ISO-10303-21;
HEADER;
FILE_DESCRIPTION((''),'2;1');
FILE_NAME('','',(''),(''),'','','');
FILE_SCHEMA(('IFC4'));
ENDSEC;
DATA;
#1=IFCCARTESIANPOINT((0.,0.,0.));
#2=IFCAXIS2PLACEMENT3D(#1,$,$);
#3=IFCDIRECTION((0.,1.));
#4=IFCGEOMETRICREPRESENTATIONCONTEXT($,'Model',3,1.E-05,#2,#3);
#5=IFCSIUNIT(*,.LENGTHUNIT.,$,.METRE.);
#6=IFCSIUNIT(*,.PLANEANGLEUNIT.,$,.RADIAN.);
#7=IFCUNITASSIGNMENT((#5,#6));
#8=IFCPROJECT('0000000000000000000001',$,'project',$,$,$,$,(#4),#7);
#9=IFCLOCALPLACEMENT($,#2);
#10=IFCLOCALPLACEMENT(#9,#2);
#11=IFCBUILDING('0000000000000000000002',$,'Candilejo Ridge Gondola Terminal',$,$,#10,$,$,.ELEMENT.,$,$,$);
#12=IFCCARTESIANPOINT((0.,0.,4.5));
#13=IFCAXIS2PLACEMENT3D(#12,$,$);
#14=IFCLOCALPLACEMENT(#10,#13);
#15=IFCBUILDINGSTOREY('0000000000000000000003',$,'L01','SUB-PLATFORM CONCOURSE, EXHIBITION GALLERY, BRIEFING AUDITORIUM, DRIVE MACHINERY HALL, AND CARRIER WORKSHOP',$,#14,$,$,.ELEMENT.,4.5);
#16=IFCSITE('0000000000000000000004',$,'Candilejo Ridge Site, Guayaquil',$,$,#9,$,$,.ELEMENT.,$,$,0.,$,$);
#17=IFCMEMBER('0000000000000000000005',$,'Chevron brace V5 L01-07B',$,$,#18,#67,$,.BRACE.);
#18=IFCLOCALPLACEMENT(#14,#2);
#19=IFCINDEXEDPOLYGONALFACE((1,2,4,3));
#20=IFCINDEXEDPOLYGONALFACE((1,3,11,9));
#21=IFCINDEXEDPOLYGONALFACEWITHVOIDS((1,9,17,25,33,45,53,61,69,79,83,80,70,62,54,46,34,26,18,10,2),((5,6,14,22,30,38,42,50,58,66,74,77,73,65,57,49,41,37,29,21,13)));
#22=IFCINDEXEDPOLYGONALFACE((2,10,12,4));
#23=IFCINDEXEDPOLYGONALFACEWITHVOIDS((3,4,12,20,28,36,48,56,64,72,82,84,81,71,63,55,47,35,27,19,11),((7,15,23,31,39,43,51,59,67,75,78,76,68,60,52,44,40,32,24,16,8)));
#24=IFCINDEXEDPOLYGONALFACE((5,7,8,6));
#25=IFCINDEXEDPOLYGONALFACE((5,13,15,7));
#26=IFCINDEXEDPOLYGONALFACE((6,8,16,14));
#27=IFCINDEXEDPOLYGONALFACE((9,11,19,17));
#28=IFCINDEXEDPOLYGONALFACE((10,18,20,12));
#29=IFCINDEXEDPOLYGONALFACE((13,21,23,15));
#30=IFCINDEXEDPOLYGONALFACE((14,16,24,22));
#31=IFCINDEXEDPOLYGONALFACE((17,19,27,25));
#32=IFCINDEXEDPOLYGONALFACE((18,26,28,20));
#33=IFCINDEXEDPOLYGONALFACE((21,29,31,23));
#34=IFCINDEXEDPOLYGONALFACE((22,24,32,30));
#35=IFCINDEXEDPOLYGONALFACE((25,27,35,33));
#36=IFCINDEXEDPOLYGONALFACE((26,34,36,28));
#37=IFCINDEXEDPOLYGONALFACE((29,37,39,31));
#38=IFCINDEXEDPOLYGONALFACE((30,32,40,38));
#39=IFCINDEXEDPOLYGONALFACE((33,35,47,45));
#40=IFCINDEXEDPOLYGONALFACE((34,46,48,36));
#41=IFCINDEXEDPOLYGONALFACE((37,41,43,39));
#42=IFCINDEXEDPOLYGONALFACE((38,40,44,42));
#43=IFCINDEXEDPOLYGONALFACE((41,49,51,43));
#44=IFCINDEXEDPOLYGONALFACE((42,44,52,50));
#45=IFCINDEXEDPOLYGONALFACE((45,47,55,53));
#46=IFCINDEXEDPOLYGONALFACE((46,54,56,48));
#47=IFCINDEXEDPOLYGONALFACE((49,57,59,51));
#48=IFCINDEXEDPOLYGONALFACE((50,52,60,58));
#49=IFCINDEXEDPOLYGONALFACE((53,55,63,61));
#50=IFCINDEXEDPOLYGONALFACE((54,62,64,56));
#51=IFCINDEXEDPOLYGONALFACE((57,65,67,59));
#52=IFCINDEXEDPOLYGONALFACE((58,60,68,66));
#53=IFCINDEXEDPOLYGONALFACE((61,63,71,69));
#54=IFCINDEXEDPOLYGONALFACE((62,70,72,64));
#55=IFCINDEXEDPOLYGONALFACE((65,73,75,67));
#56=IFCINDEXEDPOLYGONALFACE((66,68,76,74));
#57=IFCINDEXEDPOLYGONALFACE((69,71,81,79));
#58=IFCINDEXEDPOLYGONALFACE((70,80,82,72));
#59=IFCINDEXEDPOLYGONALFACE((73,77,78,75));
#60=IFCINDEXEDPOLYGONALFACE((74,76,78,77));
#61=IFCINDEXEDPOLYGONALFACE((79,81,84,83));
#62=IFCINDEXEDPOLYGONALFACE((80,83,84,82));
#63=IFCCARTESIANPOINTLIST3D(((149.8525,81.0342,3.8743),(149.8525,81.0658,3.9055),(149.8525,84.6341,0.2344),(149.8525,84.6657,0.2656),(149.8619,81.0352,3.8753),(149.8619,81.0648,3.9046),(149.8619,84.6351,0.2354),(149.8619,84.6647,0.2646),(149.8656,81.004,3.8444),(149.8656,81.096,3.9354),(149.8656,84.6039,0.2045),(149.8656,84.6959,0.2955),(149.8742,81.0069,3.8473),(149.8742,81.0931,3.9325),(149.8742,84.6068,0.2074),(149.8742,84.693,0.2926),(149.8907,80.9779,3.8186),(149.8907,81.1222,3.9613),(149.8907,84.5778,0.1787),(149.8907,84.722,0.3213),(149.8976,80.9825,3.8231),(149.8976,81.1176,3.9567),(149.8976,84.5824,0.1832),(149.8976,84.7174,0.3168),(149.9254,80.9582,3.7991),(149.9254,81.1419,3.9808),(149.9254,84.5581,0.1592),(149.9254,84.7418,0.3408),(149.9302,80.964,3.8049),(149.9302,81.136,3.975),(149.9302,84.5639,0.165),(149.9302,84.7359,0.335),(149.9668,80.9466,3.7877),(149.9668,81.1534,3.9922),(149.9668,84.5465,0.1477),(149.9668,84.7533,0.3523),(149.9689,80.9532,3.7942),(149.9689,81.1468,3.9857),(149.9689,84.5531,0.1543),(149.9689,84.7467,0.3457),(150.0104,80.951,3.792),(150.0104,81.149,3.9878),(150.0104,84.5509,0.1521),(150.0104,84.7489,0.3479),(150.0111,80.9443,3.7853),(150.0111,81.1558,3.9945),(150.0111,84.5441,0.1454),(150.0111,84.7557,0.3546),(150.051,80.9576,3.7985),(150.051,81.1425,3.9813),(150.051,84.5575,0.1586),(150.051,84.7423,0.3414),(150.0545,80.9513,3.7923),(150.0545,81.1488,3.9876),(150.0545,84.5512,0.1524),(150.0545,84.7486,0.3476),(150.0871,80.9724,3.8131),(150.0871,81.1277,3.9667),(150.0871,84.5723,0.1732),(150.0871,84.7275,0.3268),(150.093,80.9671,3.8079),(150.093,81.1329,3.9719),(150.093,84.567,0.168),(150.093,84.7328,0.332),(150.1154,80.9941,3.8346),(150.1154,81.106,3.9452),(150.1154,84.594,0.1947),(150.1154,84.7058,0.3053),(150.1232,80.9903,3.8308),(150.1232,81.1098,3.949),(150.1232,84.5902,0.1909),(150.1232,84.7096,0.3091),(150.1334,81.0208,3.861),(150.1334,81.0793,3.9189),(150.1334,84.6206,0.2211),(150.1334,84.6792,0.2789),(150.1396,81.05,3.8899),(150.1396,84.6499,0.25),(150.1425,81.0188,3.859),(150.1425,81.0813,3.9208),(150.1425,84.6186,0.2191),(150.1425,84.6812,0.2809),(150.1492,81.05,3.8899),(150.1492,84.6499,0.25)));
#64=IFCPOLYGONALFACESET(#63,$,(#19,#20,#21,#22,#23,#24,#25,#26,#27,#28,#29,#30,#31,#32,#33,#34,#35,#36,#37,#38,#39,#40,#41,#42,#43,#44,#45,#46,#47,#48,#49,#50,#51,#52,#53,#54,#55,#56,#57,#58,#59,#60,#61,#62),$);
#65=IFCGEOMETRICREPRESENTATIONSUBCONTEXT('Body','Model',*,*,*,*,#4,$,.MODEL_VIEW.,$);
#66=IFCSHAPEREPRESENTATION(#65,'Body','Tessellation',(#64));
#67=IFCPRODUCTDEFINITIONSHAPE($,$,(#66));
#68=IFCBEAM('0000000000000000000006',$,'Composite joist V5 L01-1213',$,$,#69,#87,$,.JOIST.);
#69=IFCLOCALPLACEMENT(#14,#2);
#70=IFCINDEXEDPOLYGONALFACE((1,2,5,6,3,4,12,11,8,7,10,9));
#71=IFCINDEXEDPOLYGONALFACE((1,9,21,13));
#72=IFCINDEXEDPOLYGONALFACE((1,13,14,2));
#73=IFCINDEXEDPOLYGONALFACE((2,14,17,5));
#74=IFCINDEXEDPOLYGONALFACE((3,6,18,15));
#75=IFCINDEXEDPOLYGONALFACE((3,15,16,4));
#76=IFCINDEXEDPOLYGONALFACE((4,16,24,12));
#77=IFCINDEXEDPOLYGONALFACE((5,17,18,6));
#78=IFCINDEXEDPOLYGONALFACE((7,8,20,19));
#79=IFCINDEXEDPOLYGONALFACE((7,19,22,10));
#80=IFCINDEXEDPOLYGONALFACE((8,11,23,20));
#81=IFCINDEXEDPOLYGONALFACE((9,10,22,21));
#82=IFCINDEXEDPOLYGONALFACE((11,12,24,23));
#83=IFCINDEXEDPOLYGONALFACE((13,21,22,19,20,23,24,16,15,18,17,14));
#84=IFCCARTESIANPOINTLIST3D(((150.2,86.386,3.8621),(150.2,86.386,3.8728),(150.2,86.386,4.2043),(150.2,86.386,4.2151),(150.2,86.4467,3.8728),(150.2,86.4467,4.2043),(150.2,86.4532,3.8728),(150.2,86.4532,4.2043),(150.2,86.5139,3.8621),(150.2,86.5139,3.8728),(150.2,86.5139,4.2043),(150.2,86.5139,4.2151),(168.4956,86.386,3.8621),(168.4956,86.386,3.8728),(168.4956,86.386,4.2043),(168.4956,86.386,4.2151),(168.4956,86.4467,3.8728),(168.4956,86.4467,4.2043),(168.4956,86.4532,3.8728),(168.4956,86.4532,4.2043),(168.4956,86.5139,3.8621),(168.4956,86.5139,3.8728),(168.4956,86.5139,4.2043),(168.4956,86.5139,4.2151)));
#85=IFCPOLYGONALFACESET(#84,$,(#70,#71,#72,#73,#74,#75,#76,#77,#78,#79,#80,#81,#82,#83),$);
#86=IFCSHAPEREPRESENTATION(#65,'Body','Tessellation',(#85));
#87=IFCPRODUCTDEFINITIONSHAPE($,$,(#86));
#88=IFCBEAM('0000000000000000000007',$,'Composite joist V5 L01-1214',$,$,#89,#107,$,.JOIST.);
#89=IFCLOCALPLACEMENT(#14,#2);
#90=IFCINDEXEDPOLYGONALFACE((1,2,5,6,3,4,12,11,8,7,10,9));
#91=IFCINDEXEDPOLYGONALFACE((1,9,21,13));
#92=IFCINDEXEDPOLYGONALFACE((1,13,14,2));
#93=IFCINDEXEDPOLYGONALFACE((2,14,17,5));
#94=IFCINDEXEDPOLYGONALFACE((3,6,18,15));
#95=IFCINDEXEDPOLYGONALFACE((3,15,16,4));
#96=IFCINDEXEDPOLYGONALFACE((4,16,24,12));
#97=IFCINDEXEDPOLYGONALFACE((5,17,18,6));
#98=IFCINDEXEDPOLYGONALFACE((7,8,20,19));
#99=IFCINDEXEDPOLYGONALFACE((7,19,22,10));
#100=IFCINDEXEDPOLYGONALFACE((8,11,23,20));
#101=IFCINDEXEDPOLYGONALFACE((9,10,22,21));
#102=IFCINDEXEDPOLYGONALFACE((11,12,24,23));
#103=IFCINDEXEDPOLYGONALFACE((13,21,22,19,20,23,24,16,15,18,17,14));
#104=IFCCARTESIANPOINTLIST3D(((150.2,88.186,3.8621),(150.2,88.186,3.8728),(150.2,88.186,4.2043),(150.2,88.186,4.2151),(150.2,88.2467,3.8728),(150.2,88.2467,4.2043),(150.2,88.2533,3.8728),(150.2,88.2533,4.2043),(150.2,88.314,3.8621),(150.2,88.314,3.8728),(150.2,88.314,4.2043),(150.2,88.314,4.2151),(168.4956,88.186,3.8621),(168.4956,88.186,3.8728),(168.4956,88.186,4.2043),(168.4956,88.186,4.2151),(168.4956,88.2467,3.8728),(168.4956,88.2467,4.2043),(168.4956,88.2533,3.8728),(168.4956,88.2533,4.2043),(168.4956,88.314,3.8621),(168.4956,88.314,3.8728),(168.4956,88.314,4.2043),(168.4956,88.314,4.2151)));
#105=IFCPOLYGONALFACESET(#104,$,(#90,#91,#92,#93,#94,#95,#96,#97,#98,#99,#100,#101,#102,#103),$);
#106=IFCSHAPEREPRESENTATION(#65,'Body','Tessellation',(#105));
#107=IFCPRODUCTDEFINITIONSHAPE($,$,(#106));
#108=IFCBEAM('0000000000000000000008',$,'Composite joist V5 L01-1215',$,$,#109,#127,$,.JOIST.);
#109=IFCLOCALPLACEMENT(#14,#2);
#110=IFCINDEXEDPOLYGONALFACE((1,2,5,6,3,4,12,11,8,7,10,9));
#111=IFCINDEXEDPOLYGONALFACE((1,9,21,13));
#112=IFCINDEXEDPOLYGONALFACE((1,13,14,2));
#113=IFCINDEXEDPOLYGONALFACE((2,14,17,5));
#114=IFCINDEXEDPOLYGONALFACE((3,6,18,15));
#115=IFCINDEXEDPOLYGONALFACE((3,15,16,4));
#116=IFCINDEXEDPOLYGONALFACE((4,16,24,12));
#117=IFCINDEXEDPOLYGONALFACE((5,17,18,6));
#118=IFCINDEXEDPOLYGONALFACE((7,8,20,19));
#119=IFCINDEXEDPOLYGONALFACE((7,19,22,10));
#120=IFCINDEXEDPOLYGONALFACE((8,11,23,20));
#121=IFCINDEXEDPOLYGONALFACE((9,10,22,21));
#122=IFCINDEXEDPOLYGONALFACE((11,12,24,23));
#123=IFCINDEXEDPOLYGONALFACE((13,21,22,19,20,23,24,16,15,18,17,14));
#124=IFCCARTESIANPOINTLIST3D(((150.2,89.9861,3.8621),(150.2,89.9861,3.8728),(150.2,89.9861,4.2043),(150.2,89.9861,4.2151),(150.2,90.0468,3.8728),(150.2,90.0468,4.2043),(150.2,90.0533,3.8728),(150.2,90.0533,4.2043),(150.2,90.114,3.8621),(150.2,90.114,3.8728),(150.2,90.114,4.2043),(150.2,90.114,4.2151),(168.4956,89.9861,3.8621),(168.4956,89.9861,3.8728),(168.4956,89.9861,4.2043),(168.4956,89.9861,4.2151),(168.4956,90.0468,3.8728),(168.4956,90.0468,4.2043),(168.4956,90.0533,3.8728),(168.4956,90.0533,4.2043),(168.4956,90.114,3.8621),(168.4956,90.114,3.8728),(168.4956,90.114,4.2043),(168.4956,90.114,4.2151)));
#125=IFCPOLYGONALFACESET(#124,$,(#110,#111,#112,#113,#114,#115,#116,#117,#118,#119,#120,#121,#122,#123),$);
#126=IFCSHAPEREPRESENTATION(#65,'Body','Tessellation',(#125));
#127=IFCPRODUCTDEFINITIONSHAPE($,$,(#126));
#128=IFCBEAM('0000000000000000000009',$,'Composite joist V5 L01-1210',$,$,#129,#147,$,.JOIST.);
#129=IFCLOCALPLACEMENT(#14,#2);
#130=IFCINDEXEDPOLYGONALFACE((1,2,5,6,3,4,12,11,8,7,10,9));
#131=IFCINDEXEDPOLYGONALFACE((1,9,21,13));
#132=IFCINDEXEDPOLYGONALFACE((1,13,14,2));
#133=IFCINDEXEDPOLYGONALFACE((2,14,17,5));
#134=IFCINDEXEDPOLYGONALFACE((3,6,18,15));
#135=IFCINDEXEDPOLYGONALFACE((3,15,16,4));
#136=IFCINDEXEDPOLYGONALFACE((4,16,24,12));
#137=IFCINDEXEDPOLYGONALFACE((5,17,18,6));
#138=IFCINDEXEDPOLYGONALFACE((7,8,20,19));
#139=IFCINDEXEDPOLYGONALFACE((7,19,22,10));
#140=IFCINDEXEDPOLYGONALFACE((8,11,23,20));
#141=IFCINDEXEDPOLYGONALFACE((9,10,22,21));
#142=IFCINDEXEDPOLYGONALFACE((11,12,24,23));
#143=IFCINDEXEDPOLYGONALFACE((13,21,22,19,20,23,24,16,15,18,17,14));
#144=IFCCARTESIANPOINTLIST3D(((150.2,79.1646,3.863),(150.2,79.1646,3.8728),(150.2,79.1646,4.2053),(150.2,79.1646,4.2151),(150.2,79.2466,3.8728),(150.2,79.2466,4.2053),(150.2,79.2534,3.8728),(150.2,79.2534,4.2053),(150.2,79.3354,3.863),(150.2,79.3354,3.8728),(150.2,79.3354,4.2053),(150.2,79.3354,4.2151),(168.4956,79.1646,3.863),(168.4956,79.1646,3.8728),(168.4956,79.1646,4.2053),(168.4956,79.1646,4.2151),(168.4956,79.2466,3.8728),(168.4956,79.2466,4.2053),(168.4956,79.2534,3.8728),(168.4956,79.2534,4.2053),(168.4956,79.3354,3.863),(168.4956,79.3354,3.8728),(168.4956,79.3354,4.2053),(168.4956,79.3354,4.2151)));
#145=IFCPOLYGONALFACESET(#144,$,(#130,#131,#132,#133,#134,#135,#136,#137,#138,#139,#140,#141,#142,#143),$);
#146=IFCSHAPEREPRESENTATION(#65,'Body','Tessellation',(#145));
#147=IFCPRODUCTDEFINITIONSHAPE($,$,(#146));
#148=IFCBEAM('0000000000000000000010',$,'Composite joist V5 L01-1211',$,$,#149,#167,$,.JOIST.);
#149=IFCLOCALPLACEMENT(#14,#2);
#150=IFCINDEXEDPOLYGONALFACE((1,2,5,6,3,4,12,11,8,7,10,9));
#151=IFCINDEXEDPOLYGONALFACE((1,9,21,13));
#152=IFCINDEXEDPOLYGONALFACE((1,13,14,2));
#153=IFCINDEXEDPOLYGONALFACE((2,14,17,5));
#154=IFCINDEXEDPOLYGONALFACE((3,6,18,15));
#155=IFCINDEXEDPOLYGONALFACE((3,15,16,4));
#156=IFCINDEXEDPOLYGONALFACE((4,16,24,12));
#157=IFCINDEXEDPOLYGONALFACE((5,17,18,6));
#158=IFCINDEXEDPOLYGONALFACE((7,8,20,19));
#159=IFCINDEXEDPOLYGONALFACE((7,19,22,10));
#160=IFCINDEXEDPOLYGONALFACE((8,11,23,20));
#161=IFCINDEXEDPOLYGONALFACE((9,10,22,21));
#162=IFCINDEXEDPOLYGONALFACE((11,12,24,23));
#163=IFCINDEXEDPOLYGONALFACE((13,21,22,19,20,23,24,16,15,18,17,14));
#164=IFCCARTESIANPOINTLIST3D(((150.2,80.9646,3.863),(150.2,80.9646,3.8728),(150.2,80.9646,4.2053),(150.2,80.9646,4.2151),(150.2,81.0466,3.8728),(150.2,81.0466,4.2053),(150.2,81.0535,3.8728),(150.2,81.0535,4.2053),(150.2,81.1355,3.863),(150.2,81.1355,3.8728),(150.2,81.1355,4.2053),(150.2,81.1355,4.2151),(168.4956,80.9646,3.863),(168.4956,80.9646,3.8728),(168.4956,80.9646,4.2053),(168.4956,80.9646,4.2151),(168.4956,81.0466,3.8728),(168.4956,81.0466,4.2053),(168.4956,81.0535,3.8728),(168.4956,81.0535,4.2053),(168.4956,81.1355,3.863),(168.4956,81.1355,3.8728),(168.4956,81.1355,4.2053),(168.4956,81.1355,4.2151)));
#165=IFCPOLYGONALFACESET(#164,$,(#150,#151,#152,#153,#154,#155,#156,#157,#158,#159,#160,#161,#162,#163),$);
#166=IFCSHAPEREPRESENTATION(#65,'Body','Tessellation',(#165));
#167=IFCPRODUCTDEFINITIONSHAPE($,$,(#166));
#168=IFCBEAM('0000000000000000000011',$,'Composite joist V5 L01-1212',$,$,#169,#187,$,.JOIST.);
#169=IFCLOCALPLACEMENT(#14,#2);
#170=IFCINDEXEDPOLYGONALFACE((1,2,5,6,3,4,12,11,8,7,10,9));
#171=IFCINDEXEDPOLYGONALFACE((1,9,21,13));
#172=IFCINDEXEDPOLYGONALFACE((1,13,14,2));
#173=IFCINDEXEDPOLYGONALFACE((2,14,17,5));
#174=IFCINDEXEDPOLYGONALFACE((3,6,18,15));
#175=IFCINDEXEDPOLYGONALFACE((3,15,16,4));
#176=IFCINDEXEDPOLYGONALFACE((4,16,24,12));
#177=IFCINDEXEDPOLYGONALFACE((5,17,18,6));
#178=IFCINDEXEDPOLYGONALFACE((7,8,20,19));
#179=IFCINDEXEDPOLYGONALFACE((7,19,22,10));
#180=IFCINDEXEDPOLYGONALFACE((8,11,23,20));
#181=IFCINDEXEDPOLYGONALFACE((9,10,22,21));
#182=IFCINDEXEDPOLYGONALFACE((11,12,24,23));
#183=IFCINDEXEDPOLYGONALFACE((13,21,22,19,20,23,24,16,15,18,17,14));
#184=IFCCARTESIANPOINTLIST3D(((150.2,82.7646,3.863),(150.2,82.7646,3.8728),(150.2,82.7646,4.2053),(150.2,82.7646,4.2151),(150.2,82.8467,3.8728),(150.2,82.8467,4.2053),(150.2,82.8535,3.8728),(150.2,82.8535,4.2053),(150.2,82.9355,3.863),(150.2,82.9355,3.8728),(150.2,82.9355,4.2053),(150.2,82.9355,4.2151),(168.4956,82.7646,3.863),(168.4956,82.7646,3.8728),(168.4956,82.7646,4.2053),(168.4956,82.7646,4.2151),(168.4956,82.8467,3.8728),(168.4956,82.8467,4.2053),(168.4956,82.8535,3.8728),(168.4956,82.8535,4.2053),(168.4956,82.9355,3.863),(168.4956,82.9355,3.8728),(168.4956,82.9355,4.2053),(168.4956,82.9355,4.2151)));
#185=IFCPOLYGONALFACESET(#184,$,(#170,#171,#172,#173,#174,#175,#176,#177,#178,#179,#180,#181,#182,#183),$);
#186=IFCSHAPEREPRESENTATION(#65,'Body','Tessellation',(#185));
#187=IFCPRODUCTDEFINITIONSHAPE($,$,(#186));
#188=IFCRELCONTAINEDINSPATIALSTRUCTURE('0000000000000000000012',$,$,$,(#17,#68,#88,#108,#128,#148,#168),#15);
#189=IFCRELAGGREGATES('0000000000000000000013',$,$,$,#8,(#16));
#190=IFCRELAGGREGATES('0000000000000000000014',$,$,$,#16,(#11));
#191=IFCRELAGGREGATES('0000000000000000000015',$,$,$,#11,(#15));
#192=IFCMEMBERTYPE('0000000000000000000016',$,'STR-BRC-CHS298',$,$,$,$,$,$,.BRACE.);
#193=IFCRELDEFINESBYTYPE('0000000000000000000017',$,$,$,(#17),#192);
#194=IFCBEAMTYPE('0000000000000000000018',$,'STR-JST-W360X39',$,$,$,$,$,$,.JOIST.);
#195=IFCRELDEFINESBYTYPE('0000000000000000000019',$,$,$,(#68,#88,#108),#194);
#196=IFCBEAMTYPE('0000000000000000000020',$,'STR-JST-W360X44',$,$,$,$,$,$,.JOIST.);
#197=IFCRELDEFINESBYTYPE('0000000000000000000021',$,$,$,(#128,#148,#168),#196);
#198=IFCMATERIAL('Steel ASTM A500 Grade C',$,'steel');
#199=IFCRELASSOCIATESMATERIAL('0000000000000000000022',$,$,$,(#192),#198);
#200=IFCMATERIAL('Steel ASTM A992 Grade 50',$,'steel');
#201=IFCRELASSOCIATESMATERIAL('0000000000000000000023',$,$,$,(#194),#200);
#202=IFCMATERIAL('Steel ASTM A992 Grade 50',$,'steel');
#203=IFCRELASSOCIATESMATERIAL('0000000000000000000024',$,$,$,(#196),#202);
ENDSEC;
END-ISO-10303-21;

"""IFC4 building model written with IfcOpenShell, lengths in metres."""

from ifc_helpers import new_model, si_unit, direction, frame, origin, origin_2d, place, context, subcontext, project, spatial, hollow_circle, i_section, extrude, material, material_profile, profile_set, type_object, element, save


model = new_model("IFC4")

# Units and contexts
model_context = context("Model", 3, precision=1e-05, world=origin(), true_north=direction((0.0, 1.0)))
body_context = subcontext(model_context, "Body", "Model", "MODEL_VIEW")
ifc_project = project(units=[si_unit("LENGTHUNIT", "METRE"), si_unit("PLANEANGLEUNIT", "RADIAN")], contexts=[model_context])

# Site, building, storey
site_placement = place(None, origin())
site = spatial("IfcSite", under=ifc_project, at=site_placement, Name="Candilejo Ridge Site, Guayaquil", CompositionType="ELEMENT", RefElevation=0.0)
building_placement = place(site_placement, origin())
building = spatial("IfcBuilding", under=site, at=building_placement, Name="Candilejo Ridge Gondola Terminal", CompositionType="ELEMENT")
storey_placement = place(building_placement, frame((0.0, 0.0, 4.5)))
storey = spatial("IfcBuildingStorey", under=building, at=storey_placement, Name="L01", Description="SUB-PLATFORM CONCOURSE, EXHIBITION GALLERY, BRIEFING AUDITORIUM, DRIVE MACHINERY HALL, AND CARRIER WORKSHOP", CompositionType="ELEMENT", Elevation=4.5)

# Member
ifc_material_1 = material(Name="Steel ASTM A500 Grade C", Category="steel")
ifc_material_profile_1 = material_profile(ifc_material_1, hollow_circle(Radius=0.1492, WallThickness=0.0095, at=origin_2d()))
ifc_profile_set_1 = profile_set([ifc_material_profile_1], Name="Steel ASTM A500 Grade C")
member_type = type_object("IfcMemberType", Name="STR-BRC-CHS298", PredefinedType="BRACE", material=ifc_profile_set_1)
member_1_placement = place(storey_placement, frame((150.0, 84.6499, 0.25), z_axis=(0.0, -0.703185, 0.711007), x_axis=(1.0, 0.0, 0.0)))
element("IfcMember", 1, at=member_1_placement, inside=storey, type_object=member_type, Name="Chevron brace V5 L01-07B", PredefinedType="BRACE", context=body_context, shape_type="SweptSolid", body=[
    extrude(hollow_circle(Radius=0.1492, WallThickness=0.0095, at=origin_2d()), origin(), (0.0, 0.0, 1.0), 5.1194),
])

# Beams
ifc_material_2 = material(Name="Steel ASTM A992 Grade 50", Category="steel")
ifc_material_profile_2 = material_profile(ifc_material_2, i_section(OverallWidth=0.1279, OverallDepth=0.353, WebThickness=0.0066, FlangeThickness=0.0107, at=origin_2d()))
ifc_profile_set_2 = profile_set([ifc_material_profile_2], Name="Steel ASTM A992 Grade 50")
beam_type_1 = type_object("IfcBeamType", Name="STR-JST-W360X39", PredefinedType="JOIST", material=ifc_profile_set_2)
for number, where, z_axis, x_axis, name in (
    (2, (150.2, 86.45, 4.0386), (1.0, 0.0, 0.0), (0.0, 1.0, 0.0), "Composite joist V5 L01-1213"),
    (3, (150.2, 88.25, 4.0386), (1.0, 0.0, 0.0), (0.0, 1.0, 0.0), "Composite joist V5 L01-1214"),
    (4, (150.2, 90.05, 4.0386), (1.0, 0.0, 0.0), (0.0, 1.0, 0.0), "Composite joist V5 L01-1215"),
):
    element("IfcBeam", number, at=place(storey_placement, frame(where, z_axis=z_axis, x_axis=x_axis)), inside=storey, type_object=beam_type_1, Name=name, PredefinedType="JOIST", context=body_context, shape_type="SweptSolid", body=[
        extrude(i_section(OverallWidth=0.1279, OverallDepth=0.353, WebThickness=0.0066, FlangeThickness=0.0107, at=origin_2d()), origin(), (0.0, 0.0, 1.0), 18.2957),
    ])
ifc_material_3 = material(Name="Steel ASTM A992 Grade 50", Category="steel")
ifc_material_profile_3 = material_profile(ifc_material_3, i_section(OverallWidth=0.1709, OverallDepth=0.3521, WebThickness=0.0068, FlangeThickness=0.0098, at=origin_2d()))
ifc_profile_set_3 = profile_set([ifc_material_profile_3], Name="Steel ASTM A992 Grade 50")
beam_type_2 = type_object("IfcBeamType", Name="STR-JST-W360X44", PredefinedType="JOIST", material=ifc_profile_set_3)
for number, where, z_axis, x_axis, name in (
    (5, (150.2, 79.25, 4.0391), (1.0, 0.0, 0.0), (0.0, 1.0, 0.0), "Composite joist V5 L01-1210"),
    (6, (150.2, 81.05, 4.0391), (1.0, 0.0, 0.0), (0.0, 1.0, 0.0), "Composite joist V5 L01-1211"),
    (7, (150.2, 82.8501, 4.0391), (1.0, 0.0, 0.0), (0.0, 1.0, 0.0), "Composite joist V5 L01-1212"),
):
    element("IfcBeam", number, at=place(storey_placement, frame(where, z_axis=z_axis, x_axis=x_axis)), inside=storey, type_object=beam_type_2, Name=name, PredefinedType="JOIST", context=body_context, shape_type="SweptSolid", body=[
        extrude(i_section(OverallWidth=0.1709, OverallDepth=0.3521, WebThickness=0.0068, FlangeThickness=0.0098, at=origin_2d()), origin(), (0.0, 0.0, 1.0), 18.2957),
    ])

save(model, "model.ifc")
